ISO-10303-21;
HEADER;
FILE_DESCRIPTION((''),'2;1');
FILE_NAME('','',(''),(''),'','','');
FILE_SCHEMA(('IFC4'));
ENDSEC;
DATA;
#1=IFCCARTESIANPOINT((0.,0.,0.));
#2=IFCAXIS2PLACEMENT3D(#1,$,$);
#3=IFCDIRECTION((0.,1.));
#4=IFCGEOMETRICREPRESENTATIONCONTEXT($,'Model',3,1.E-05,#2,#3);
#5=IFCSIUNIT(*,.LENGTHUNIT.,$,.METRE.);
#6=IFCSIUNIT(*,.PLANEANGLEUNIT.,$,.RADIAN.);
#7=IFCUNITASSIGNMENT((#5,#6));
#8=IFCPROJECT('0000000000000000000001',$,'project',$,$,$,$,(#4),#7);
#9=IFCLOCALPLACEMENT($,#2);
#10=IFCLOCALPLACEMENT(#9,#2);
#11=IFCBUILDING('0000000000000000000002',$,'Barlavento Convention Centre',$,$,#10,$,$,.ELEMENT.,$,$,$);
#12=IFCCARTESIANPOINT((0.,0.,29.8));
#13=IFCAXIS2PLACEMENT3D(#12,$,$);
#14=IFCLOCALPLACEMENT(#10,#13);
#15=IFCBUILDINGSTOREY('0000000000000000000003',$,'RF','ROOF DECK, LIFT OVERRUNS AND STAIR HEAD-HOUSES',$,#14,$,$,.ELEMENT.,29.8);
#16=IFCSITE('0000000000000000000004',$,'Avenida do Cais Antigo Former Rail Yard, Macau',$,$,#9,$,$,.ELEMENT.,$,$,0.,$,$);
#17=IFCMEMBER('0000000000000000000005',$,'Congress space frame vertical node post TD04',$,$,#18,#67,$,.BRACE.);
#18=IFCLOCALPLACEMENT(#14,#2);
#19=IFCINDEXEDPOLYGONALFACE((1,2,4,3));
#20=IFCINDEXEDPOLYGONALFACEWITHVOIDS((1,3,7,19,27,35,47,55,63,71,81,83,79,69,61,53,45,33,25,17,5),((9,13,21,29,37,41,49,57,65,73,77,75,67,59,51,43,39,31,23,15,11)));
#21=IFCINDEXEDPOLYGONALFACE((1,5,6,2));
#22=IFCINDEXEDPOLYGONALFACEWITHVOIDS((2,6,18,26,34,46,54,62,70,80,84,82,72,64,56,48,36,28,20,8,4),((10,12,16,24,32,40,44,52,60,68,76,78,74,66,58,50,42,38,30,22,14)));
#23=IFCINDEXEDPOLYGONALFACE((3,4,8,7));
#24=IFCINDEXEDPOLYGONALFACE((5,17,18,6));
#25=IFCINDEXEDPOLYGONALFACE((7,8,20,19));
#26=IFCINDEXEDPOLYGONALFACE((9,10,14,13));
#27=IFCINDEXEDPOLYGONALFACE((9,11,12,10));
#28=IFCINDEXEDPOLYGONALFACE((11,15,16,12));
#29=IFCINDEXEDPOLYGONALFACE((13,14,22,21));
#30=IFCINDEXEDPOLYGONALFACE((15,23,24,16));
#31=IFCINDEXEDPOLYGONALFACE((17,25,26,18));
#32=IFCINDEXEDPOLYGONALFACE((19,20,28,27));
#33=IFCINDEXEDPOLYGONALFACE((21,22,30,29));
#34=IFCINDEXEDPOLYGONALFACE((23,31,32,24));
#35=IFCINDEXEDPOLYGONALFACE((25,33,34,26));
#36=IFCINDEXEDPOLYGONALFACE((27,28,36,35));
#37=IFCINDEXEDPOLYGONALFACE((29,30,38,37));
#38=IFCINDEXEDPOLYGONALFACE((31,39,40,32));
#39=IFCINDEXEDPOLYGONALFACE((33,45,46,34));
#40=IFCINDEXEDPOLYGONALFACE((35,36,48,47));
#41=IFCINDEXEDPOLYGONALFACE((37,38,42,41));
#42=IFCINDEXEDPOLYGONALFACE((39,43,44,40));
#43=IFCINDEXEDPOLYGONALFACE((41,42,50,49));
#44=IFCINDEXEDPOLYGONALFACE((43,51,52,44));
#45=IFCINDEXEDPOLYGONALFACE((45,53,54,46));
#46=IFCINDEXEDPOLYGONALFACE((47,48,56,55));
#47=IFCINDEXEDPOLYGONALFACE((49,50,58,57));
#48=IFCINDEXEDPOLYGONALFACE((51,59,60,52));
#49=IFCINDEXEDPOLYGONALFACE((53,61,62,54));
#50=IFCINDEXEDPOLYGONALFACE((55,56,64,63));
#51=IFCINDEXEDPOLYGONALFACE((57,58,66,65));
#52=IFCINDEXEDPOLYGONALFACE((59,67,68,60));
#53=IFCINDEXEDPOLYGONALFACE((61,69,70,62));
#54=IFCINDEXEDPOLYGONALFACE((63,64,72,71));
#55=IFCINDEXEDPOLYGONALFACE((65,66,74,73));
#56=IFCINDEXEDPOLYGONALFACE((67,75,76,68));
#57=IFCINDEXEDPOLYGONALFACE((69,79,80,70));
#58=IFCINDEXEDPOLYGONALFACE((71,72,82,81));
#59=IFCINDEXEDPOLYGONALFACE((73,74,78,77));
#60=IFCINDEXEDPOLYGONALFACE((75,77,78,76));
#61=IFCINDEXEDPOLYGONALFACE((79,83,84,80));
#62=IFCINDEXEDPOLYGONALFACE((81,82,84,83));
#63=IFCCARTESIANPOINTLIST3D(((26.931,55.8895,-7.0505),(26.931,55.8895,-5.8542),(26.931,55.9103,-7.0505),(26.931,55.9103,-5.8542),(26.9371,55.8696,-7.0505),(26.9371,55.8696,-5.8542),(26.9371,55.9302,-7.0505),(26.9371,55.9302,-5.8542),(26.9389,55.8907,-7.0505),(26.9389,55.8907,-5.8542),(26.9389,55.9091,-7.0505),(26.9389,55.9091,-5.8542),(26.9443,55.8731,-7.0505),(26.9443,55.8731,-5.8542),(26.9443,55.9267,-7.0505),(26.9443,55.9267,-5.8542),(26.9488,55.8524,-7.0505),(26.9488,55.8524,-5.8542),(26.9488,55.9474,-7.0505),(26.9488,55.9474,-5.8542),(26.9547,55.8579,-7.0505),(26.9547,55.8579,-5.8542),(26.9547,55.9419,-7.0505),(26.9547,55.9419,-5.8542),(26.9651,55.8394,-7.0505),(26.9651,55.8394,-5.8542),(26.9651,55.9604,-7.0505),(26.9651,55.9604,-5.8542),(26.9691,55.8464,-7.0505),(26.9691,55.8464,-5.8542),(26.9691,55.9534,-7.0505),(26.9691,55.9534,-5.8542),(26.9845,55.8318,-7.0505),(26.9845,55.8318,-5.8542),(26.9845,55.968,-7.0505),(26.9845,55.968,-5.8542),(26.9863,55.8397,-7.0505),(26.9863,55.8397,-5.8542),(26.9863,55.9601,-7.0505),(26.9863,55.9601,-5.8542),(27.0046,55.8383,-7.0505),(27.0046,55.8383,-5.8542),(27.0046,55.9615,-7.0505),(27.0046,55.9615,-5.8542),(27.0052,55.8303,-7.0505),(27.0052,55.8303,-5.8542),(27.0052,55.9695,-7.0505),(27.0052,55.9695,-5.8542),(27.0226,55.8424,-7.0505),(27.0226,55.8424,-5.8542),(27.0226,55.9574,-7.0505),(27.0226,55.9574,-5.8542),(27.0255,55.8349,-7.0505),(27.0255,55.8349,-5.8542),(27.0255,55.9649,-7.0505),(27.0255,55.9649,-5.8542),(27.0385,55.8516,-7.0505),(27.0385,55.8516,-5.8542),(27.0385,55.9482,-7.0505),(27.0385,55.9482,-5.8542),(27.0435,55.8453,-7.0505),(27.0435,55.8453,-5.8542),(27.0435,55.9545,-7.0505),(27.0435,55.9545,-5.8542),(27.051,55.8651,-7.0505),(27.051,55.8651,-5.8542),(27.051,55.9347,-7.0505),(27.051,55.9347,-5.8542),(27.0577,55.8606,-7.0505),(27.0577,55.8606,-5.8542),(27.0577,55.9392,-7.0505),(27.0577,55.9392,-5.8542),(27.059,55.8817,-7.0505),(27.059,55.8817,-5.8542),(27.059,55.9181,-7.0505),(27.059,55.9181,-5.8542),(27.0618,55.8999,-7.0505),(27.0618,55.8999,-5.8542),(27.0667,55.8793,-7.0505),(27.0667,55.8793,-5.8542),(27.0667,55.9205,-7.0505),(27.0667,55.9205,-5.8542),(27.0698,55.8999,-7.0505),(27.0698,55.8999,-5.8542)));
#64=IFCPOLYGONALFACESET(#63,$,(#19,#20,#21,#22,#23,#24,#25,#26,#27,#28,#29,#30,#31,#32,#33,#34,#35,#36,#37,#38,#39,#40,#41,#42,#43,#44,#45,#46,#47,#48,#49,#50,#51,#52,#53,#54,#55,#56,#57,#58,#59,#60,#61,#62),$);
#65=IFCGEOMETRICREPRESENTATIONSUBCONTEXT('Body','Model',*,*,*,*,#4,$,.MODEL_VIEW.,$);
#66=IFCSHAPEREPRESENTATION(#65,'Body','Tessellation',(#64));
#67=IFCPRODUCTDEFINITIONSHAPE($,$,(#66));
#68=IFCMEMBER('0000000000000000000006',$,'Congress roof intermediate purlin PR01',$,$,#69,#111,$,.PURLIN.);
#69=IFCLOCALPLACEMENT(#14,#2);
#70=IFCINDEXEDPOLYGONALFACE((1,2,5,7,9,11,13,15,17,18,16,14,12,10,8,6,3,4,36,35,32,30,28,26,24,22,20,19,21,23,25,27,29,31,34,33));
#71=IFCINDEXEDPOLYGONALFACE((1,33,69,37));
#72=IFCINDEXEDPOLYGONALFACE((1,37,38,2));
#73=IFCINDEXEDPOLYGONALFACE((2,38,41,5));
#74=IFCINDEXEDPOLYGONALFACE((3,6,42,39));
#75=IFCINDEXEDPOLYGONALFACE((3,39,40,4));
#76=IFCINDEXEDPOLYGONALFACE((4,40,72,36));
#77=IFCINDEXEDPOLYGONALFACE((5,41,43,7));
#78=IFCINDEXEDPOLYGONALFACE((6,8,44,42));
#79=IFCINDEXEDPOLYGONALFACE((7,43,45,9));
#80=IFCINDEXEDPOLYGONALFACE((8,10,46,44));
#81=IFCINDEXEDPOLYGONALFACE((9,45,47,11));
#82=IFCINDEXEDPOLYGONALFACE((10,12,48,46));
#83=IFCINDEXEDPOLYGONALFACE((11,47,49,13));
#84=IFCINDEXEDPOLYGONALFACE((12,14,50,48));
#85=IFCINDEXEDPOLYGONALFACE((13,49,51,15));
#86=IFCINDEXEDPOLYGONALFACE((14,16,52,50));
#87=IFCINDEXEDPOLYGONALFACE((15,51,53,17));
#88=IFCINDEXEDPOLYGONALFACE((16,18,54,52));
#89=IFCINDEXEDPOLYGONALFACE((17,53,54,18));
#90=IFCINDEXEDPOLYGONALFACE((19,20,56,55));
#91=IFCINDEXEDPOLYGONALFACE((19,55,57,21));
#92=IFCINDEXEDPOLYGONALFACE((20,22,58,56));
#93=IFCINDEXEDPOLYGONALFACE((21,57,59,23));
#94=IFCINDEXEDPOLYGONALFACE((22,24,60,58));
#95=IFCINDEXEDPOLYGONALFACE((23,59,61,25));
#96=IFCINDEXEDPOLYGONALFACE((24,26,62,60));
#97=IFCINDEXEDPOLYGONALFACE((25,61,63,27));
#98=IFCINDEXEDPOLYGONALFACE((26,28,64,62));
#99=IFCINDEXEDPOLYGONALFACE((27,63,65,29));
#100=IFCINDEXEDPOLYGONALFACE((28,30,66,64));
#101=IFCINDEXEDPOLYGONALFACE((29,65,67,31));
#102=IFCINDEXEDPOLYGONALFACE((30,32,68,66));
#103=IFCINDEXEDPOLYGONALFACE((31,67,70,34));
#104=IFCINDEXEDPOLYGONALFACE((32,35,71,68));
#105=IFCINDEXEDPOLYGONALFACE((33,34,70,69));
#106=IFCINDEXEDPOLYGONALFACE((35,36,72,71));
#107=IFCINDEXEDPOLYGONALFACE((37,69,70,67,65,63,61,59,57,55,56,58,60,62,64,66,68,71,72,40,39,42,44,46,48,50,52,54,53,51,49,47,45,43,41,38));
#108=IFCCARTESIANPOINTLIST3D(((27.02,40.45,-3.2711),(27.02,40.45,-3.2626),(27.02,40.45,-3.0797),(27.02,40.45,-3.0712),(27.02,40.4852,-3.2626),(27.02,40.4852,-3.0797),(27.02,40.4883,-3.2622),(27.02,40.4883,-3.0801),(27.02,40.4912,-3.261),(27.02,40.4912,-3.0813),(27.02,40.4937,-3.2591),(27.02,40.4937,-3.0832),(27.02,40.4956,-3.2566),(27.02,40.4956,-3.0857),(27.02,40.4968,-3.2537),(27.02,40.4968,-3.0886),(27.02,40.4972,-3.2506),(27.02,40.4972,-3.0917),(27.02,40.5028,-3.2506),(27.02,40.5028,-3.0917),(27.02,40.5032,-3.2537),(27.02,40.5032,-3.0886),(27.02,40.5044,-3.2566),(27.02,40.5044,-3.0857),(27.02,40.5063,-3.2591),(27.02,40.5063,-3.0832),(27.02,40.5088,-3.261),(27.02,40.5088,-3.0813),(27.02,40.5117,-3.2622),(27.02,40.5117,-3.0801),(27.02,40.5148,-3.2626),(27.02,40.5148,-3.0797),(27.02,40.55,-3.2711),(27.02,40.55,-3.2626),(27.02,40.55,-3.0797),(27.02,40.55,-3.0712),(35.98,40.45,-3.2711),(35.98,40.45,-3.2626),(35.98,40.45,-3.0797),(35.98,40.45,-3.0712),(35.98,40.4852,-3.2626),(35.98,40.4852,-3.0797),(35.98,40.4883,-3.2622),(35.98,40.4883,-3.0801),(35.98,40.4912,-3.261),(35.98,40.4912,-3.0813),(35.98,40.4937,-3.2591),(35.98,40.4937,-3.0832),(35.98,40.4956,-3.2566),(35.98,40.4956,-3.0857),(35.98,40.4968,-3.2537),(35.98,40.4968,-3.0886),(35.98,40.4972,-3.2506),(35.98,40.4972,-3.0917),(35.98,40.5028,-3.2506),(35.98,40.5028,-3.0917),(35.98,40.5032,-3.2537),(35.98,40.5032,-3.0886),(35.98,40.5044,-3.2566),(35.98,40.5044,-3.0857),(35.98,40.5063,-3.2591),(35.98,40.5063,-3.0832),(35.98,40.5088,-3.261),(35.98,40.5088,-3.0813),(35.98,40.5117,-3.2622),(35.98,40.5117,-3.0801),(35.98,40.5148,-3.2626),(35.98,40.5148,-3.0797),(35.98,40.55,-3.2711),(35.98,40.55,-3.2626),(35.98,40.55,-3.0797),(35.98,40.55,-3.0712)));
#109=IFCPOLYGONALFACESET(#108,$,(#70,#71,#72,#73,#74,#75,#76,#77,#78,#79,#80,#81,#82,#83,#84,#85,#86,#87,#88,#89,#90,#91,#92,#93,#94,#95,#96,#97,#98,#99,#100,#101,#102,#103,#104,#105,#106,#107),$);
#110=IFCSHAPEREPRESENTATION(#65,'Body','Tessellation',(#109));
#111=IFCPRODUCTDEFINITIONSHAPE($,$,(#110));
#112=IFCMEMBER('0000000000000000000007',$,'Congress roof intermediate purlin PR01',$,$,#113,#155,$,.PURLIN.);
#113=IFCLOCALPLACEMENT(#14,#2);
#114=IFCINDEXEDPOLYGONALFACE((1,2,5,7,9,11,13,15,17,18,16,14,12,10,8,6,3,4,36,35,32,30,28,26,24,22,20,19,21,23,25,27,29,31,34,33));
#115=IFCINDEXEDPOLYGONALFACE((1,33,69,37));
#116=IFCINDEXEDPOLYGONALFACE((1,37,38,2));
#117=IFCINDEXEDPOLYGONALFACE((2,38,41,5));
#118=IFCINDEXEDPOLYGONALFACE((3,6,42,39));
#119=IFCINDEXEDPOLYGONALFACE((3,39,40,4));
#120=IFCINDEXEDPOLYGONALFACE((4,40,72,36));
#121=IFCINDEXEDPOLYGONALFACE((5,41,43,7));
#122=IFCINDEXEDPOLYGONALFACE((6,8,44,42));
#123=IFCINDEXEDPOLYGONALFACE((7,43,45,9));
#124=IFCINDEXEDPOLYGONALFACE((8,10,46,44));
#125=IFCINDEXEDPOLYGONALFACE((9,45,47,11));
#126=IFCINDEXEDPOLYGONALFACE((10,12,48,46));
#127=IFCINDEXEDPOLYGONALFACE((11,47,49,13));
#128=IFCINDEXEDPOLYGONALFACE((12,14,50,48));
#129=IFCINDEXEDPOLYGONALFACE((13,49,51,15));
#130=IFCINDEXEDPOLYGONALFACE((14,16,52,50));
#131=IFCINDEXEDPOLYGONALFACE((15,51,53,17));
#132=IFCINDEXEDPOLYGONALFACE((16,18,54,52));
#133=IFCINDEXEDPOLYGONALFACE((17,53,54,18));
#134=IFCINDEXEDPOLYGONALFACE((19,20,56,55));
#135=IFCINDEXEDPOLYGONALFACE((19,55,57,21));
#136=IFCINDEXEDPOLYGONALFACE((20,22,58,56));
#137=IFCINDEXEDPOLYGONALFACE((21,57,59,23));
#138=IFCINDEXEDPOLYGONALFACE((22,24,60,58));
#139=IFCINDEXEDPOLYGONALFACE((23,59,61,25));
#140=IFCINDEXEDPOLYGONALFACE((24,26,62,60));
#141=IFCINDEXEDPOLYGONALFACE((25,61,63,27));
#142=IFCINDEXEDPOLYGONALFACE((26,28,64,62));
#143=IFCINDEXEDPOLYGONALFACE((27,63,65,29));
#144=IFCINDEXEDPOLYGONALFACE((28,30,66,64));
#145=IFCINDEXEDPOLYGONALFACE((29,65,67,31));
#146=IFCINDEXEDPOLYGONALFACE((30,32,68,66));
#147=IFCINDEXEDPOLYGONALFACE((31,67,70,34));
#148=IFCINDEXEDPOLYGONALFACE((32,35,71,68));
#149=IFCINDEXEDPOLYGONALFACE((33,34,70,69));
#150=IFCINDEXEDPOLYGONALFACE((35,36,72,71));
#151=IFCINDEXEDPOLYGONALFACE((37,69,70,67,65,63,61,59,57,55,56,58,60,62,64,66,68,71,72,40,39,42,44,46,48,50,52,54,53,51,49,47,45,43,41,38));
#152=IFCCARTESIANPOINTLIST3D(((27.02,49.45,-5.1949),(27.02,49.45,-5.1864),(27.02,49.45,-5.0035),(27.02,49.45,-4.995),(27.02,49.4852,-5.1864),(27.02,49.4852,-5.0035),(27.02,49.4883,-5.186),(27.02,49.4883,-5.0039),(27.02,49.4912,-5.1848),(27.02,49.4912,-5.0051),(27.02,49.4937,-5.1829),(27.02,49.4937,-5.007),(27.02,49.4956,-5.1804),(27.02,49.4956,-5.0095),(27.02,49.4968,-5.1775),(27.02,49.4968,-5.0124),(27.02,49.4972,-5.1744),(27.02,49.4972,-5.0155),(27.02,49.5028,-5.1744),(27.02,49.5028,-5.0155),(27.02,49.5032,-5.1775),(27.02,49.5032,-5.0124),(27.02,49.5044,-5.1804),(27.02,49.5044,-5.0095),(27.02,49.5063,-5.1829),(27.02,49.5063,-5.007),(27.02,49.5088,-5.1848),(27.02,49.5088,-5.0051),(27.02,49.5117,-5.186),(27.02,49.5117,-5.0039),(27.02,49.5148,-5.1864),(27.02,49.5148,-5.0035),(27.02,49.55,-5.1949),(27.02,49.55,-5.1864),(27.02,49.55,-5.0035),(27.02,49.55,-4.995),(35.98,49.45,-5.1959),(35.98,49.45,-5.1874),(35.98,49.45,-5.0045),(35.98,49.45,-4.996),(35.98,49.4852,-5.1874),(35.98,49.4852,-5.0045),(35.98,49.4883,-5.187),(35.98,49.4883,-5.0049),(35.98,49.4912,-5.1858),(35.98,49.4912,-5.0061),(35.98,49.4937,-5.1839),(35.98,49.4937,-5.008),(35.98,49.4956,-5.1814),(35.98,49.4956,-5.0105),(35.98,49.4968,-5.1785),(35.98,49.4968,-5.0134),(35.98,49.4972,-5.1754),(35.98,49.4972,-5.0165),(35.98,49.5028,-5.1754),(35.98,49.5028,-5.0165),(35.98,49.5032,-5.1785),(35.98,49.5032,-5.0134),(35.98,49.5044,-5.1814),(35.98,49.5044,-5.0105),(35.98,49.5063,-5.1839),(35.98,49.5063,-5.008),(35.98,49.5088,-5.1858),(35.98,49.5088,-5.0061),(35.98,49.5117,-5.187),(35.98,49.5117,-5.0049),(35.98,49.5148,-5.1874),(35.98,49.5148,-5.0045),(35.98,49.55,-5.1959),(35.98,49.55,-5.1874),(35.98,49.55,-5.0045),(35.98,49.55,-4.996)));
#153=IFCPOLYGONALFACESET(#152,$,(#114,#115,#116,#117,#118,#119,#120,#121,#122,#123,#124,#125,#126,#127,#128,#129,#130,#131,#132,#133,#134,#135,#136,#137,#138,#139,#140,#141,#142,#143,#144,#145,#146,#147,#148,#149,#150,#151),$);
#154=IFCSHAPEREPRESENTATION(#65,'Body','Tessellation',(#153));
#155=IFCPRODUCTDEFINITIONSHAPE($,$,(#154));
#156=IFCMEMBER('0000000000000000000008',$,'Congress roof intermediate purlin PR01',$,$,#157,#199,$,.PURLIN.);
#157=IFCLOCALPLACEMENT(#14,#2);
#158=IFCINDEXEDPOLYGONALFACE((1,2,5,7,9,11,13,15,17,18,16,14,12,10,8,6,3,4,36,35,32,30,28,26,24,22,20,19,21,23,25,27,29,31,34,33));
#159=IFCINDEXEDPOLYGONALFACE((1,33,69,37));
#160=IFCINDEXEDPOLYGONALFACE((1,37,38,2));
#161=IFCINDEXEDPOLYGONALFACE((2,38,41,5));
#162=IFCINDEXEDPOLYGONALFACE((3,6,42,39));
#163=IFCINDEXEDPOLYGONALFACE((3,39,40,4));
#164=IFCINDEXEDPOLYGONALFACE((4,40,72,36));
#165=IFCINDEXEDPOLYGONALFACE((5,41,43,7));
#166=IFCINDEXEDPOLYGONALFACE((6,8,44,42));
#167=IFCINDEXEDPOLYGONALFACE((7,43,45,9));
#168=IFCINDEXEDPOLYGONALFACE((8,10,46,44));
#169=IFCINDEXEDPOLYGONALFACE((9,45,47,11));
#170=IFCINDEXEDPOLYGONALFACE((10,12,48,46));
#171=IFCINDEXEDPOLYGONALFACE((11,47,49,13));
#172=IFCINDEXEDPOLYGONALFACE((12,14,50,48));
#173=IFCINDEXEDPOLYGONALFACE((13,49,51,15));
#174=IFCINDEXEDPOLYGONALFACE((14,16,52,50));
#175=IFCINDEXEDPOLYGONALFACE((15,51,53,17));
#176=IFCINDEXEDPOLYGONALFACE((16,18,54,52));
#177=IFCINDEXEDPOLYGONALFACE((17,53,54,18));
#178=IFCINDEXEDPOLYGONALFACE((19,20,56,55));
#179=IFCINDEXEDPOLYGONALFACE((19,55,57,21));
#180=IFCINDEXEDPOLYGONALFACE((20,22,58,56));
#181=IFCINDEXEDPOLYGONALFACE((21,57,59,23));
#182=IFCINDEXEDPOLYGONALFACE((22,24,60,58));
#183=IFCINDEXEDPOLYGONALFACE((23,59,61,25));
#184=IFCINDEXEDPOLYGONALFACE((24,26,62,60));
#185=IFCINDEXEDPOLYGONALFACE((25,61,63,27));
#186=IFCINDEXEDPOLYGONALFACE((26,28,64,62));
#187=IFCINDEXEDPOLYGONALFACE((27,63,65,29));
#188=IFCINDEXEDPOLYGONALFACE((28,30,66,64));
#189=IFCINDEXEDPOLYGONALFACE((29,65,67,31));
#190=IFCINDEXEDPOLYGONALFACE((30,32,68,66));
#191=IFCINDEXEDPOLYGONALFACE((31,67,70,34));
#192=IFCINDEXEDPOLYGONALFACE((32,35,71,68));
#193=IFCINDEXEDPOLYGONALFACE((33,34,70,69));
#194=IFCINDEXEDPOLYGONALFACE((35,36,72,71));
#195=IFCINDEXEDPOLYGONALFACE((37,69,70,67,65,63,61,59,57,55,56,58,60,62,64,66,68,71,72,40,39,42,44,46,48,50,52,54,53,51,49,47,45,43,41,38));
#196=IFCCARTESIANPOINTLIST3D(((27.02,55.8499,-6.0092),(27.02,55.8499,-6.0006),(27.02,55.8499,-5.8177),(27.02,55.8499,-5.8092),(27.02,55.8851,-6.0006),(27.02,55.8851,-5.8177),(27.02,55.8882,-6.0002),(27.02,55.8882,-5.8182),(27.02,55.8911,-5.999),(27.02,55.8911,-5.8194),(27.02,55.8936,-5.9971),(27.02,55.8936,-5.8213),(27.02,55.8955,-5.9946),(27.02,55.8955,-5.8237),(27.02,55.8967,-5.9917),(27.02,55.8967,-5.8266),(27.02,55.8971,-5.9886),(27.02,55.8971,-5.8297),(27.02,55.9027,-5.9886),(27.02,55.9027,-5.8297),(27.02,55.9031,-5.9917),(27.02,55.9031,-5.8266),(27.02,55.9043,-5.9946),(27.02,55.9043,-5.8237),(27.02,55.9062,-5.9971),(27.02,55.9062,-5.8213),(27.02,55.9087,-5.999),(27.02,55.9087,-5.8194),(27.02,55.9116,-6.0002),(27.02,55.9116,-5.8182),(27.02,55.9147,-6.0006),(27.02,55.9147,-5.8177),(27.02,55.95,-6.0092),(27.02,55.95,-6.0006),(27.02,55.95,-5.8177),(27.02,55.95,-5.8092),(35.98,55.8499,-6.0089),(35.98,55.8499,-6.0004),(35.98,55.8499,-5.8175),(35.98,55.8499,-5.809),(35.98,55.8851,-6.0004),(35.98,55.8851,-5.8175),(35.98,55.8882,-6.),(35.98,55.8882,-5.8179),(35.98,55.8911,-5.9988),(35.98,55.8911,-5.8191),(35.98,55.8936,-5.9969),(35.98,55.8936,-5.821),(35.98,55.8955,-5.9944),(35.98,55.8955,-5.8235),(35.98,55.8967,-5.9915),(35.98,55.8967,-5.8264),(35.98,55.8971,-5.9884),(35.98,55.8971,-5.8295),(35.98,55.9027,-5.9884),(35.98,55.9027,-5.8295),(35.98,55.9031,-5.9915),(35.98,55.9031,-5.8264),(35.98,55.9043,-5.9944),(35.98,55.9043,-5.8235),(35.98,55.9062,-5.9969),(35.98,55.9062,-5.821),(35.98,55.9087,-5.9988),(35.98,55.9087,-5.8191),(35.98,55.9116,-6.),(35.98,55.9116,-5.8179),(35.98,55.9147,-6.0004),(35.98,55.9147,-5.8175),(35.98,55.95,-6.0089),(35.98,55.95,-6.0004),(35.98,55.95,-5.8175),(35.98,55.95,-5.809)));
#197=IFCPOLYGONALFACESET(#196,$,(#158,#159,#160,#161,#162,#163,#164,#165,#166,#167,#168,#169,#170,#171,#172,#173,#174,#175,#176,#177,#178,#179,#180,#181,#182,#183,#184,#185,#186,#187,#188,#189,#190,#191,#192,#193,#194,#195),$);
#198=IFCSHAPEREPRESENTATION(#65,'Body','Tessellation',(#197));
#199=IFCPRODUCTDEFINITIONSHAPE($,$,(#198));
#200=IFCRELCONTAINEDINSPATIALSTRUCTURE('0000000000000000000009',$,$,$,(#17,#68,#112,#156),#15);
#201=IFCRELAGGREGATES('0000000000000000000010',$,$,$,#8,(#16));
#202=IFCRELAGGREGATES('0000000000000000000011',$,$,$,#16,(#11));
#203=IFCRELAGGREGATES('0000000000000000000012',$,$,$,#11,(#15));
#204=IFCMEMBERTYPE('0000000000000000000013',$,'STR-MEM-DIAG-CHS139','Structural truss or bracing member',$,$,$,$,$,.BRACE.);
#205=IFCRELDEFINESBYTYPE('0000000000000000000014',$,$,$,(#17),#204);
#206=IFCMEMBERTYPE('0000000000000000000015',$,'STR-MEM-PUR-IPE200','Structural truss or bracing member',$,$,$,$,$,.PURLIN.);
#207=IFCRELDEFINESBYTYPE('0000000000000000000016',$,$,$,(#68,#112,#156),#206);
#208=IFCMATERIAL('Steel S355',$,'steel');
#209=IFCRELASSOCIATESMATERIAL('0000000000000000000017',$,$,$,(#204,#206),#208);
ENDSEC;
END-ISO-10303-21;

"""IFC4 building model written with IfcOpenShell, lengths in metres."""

from ifc_helpers import new_model, si_unit, direction, frame, origin, origin_2d, place, context, subcontext, project, spatial, hollow_circle, i_section, extrude, material, material_profile, profile_set, type_object, element, save


model = new_model("IFC4")

# Units and contexts
model_context = context("Model", 3, precision=1e-05, world=origin(), true_north=direction((0.0, 1.0)))
body_context = subcontext(model_context, "Body", "Model", "MODEL_VIEW")
ifc_project = project(units=[si_unit("LENGTHUNIT", "METRE"), si_unit("PLANEANGLEUNIT", "RADIAN")], contexts=[model_context])

# Site, building, storey
site_placement = place(None, origin())
site = spatial("IfcSite", under=ifc_project, at=site_placement, Name="Avenida do Cais Antigo Former Rail Yard, Macau", CompositionType="ELEMENT", RefElevation=0.0)
building_placement = place(site_placement, origin())
building = spatial("IfcBuilding", under=site, at=building_placement, Name="Barlavento Convention Centre", CompositionType="ELEMENT")
storey_placement = place(building_placement, frame((0.0, 0.0, 29.8)))
storey = spatial("IfcBuildingStorey", under=building, at=storey_placement, Name="RF", Description="ROOF DECK, LIFT OVERRUNS AND STAIR HEAD-HOUSES", CompositionType="ELEMENT", Elevation=29.8)

# Shared definitions
ifc_material_1 = material(Name="Steel S355", Category="steel")

# Members
ifc_material_profile_1 = material_profile(ifc_material_1, hollow_circle(Radius=0.0698, WallThickness=0.0081, at=origin_2d()), Name="CHS 139.7x8.0")
ifc_profile_set_1 = profile_set([ifc_material_profile_1], Name="Steel S355")
member_type_1 = type_object("IfcMemberType", Name="STR-MEM-DIAG-CHS139", Description="Structural truss or bracing member", PredefinedType="BRACE", material=ifc_profile_set_1)
member_1_placement = place(storey_placement, frame((27.0, 55.8999, -7.0505), z_axis=(0.0, 0.0, 1.0), x_axis=(1.0, 0.0, 0.0)))
element("IfcMember", 1, at=member_1_placement, inside=storey, type_object=member_type_1, Name="Congress space frame vertical node post TD04", PredefinedType="BRACE", context=body_context, shape_type="SweptSolid", body=[
    extrude(hollow_circle(Radius=0.0698, WallThickness=0.0081, at=origin_2d()), origin(), (0.0, 0.0, 1.0), 1.1963),
])
ifc_material_profile_2 = material_profile(ifc_material_1, i_section(OverallWidth=0.1001, OverallDepth=0.2, WebThickness=0.0056, FlangeThickness=0.0085, FilletRadius=0.012, at=origin_2d()), Name="IPE 200")
ifc_profile_set_2 = profile_set([ifc_material_profile_2], Name="Steel S355")
member_type_2 = type_object("IfcMemberType", Name="STR-MEM-PUR-IPE200", Description="Structural truss or bracing member", PredefinedType="PURLIN", material=ifc_profile_set_2)
for number, where, z_axis, x_axis, name in (
    (2, (27.02, 40.5, -3.1711), (1.0, 0.0, 0.0), (0.0, 1.0, 0.0), "Congress roof intermediate purlin PR01"),
    (3, (27.02, 49.5, -5.095), (1.0, 0.0, -0.000109), (0.0, 1.0, 0.0), "Congress roof intermediate purlin PR01"),
    (4, (27.02, 55.8999, -5.9092), (1.0, 0.0, 0.000027), (0.0, 1.0, 0.0), "Congress roof intermediate purlin PR01"),
):
    element("IfcMember", number, at=place(storey_placement, frame(where, z_axis=z_axis, x_axis=x_axis)), inside=storey, type_object=member_type_2, Name=name, PredefinedType="PURLIN", context=body_context, shape_type="SweptSolid", body=[
        extrude(i_section(OverallWidth=0.1001, OverallDepth=0.2, WebThickness=0.0056, FlangeThickness=0.0085, FilletRadius=0.012, at=origin_2d()), origin(), (0.0, 0.0, 1.0), 8.96),
    ])

save(model, "model.ifc")
